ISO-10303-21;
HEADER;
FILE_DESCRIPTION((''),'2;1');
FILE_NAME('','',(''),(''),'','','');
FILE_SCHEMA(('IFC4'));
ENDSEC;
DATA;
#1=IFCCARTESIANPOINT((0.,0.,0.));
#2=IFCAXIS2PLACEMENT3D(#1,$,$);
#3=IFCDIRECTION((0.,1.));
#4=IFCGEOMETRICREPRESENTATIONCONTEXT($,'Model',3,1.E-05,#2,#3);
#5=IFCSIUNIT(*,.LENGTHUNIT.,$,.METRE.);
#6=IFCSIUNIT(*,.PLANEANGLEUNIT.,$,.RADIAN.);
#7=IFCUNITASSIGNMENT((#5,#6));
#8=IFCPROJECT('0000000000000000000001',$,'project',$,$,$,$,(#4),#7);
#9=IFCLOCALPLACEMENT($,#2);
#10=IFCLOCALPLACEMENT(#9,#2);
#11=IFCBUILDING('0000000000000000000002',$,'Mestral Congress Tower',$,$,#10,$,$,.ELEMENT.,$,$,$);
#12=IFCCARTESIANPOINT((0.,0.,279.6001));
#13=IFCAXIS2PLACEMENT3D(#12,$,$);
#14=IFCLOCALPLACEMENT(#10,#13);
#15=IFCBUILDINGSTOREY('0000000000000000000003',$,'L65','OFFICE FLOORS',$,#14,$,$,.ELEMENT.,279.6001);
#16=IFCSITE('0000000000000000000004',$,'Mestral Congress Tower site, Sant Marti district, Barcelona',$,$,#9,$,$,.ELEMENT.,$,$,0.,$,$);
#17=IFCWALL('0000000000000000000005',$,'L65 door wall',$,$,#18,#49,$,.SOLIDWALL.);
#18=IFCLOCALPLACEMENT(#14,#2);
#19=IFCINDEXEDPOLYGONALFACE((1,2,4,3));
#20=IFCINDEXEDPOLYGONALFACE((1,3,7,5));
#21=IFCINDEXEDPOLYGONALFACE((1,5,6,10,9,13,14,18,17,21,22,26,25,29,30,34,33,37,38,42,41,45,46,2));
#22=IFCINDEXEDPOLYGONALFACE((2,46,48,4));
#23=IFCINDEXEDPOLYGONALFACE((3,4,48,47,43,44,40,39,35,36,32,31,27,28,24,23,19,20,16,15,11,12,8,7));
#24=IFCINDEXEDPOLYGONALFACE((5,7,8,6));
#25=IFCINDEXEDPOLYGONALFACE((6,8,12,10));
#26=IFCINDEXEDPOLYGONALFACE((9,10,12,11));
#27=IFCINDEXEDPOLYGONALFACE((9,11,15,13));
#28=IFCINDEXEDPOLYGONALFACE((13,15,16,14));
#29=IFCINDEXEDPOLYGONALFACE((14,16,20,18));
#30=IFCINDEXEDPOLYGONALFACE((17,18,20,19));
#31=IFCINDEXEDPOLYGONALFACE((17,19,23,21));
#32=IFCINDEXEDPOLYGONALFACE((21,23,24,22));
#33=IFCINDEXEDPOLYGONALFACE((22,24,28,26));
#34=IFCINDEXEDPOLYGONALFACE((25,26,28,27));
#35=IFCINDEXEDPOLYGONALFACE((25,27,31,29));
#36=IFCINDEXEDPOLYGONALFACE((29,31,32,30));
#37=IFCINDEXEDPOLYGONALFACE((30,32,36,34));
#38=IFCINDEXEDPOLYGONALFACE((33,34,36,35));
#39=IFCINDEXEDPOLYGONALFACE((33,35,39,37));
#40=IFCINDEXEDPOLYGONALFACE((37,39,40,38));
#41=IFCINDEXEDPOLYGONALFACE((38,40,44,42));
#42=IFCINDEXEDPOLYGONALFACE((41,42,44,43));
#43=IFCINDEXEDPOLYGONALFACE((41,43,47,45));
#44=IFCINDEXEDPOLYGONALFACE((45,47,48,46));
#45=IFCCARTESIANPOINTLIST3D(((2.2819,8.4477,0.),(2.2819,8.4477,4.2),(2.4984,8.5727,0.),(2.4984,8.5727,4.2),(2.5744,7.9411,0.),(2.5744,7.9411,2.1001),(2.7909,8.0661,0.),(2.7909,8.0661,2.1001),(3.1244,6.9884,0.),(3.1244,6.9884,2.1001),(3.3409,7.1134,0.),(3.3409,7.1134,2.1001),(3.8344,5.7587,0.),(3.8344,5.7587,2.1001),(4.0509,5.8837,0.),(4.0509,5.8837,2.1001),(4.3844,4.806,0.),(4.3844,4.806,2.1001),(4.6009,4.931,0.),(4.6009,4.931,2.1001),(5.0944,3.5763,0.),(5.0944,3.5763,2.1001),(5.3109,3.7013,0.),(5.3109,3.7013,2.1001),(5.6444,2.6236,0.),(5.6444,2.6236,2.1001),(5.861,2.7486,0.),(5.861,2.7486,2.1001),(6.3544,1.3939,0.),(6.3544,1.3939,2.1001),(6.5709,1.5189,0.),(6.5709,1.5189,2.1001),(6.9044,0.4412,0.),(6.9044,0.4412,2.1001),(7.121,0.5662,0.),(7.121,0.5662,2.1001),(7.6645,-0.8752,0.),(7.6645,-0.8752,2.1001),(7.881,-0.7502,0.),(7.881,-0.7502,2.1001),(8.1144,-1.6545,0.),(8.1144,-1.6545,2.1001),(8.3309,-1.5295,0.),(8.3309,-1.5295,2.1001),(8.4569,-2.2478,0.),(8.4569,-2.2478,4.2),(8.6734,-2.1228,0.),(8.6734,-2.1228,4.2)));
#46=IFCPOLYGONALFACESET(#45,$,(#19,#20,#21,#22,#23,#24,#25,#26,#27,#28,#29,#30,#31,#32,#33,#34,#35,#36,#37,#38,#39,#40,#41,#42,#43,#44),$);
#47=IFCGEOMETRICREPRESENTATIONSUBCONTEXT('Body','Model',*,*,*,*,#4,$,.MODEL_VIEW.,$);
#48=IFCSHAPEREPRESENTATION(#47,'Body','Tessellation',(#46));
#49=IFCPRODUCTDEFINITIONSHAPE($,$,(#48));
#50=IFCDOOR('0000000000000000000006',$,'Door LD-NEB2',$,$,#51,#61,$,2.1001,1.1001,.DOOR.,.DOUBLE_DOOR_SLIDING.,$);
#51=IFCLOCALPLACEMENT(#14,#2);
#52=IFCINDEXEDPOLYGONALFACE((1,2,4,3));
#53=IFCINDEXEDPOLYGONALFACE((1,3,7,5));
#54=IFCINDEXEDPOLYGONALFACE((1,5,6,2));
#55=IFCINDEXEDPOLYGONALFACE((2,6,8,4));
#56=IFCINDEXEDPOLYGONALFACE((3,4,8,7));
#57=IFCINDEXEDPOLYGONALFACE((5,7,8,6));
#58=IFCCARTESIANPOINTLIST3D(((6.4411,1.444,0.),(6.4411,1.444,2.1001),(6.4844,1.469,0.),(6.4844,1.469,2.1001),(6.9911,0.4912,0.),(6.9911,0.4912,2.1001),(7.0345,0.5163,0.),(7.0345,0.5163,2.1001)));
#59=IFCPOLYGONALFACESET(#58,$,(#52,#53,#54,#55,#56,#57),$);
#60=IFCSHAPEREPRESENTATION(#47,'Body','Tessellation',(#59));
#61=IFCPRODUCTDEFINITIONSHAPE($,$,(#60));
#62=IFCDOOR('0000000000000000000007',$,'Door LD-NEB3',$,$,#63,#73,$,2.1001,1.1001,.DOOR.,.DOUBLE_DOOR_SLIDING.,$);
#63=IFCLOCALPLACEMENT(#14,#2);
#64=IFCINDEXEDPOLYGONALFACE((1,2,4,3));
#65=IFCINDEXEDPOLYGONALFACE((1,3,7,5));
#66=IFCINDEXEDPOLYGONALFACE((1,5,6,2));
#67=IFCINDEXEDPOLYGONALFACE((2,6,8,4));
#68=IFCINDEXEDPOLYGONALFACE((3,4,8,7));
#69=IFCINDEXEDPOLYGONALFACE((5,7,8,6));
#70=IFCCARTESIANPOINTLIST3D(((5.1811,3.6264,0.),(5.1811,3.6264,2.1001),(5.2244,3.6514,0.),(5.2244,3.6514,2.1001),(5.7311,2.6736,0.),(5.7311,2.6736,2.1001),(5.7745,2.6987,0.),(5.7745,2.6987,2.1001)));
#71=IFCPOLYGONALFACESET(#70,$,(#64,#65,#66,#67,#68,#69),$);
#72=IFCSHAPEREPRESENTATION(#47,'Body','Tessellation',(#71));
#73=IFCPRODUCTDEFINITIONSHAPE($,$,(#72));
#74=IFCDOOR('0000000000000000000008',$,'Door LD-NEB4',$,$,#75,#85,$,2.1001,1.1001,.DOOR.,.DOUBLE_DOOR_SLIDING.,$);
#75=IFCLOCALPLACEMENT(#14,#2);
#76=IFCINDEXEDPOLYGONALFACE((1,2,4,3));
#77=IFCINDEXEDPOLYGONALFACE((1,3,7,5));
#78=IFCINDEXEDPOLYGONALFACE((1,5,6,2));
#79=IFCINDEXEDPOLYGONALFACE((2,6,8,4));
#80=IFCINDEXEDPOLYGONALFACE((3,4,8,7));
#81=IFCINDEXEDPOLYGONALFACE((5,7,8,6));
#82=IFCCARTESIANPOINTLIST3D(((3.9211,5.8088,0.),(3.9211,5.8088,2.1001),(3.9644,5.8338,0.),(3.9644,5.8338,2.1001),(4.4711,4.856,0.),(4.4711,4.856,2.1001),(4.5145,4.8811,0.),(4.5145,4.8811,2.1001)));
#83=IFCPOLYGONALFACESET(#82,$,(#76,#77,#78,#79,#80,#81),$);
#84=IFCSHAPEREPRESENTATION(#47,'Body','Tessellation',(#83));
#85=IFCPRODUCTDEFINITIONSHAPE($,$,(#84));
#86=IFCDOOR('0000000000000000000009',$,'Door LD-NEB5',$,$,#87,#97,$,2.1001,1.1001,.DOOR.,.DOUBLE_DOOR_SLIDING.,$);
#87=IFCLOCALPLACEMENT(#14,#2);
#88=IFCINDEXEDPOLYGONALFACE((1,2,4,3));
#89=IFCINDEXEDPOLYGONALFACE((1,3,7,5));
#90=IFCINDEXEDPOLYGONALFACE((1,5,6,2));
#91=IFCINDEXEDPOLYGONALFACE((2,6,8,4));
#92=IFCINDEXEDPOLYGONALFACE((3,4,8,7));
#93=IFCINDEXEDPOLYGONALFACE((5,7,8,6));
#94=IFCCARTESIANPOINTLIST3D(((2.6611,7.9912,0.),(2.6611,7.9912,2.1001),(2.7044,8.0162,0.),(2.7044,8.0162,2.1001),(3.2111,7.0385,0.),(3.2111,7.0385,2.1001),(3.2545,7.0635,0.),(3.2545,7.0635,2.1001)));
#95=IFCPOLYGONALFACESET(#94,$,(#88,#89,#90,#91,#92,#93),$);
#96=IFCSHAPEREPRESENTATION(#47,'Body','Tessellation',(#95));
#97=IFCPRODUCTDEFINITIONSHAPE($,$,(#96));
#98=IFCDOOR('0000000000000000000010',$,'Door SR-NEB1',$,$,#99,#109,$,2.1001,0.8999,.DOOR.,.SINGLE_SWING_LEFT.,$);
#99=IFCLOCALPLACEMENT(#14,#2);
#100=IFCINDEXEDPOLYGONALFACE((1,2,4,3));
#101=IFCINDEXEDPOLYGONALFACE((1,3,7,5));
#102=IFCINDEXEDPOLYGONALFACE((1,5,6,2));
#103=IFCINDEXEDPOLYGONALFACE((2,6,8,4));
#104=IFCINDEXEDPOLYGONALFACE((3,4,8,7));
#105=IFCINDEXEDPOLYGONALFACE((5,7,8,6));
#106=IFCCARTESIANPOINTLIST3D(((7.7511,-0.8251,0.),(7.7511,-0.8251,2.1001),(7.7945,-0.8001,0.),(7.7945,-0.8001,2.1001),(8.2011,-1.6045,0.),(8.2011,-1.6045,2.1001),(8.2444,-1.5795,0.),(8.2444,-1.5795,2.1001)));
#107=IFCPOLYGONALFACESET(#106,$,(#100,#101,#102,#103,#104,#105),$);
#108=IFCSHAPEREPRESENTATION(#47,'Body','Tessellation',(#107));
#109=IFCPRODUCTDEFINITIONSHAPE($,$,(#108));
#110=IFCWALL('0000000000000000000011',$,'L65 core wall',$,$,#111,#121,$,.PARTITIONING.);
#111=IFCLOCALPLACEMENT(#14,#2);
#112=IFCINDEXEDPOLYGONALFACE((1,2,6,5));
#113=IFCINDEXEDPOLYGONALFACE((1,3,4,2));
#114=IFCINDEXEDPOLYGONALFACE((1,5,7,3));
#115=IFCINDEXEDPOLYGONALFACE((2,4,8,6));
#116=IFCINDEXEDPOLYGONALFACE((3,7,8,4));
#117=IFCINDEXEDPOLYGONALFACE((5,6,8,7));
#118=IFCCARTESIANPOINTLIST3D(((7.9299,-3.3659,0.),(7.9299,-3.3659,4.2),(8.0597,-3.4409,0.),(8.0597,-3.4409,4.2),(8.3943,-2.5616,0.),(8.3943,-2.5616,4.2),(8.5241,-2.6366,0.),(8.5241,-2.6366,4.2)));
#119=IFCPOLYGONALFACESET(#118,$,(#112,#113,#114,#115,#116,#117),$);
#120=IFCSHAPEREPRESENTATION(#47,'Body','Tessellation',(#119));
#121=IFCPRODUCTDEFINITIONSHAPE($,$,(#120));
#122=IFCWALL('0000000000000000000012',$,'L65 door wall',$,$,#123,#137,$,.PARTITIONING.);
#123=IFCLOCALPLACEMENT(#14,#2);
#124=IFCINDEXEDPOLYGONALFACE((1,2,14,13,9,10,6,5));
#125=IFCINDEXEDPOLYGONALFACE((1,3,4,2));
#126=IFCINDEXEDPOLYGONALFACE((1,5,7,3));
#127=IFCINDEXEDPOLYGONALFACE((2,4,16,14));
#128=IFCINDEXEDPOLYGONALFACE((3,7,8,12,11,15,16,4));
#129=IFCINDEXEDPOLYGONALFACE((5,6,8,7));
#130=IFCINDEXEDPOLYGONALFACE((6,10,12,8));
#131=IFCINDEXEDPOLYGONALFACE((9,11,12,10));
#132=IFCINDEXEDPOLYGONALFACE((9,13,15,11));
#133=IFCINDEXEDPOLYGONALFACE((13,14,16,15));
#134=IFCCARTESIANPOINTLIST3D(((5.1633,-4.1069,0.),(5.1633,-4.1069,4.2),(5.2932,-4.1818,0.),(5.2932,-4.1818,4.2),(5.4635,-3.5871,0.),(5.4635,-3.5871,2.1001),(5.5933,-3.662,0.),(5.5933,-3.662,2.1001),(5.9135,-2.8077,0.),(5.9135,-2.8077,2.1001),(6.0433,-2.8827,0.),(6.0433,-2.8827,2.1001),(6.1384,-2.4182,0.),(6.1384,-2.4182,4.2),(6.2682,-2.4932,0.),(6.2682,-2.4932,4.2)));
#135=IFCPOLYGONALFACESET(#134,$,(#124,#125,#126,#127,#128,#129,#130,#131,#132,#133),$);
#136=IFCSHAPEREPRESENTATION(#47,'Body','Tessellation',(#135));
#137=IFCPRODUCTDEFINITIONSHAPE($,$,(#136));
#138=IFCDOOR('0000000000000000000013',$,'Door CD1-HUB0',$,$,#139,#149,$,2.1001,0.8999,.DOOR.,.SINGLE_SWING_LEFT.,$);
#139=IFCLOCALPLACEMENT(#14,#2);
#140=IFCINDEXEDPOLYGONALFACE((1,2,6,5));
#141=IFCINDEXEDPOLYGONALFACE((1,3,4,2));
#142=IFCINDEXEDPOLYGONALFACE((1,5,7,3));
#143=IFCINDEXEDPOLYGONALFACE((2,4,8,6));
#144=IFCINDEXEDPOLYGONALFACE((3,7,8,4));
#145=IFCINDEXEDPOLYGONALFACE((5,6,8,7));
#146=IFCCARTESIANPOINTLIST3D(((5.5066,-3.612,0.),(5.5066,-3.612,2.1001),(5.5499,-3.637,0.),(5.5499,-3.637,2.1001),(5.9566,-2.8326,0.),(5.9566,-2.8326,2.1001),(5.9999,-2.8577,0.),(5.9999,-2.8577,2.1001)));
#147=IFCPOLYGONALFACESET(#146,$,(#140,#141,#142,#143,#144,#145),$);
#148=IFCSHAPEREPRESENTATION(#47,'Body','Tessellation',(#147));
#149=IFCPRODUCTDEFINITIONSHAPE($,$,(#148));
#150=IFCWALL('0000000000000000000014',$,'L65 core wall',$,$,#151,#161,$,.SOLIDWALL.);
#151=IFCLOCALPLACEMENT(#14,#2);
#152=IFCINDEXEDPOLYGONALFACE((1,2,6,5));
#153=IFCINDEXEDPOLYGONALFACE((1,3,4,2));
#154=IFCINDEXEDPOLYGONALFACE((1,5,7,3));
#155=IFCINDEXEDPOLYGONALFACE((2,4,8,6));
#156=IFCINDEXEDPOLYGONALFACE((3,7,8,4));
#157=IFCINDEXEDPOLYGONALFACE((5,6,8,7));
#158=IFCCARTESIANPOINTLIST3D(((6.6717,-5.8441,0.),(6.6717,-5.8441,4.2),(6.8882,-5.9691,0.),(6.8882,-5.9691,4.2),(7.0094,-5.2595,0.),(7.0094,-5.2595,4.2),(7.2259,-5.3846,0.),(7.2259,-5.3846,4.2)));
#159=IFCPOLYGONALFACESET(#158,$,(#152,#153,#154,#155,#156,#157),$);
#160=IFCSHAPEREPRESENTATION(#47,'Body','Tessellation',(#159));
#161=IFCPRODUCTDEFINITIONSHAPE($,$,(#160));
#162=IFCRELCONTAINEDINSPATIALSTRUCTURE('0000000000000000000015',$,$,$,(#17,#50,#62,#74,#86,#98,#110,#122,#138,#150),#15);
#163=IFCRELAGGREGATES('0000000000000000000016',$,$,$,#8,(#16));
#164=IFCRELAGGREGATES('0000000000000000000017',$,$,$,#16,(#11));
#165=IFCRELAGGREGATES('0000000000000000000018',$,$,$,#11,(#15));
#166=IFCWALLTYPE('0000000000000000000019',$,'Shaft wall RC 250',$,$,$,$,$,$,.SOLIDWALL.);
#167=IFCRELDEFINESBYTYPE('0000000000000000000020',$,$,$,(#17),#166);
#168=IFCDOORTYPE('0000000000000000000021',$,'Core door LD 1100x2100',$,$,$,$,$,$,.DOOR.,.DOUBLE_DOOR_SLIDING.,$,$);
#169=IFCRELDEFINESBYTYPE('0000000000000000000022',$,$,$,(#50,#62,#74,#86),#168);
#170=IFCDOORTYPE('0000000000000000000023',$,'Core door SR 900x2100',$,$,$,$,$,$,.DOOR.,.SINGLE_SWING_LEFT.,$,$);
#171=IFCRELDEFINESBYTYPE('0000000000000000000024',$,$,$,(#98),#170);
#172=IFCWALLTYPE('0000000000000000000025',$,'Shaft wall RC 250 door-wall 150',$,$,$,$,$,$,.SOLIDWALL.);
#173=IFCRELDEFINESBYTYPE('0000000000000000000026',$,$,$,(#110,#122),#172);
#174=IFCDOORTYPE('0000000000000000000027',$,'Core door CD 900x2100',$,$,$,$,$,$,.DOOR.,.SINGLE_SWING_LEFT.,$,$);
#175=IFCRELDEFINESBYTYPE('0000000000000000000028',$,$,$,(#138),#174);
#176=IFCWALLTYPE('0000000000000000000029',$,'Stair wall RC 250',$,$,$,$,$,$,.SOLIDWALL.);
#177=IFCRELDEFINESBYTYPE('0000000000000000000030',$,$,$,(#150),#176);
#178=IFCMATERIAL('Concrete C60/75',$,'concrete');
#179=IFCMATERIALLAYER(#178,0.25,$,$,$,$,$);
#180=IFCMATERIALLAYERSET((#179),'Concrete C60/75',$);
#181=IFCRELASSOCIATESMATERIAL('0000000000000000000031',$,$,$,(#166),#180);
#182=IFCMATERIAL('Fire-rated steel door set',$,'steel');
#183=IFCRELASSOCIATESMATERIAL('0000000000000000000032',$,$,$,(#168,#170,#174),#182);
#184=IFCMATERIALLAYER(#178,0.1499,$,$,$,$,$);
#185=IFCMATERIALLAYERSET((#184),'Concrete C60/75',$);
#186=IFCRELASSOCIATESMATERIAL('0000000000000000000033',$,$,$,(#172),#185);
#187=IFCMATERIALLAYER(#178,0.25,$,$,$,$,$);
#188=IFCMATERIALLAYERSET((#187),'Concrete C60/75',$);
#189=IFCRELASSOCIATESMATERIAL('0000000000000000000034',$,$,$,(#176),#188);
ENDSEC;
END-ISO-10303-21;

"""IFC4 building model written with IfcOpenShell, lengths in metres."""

from ifc_helpers import new_model, si_unit, direction, frame, frame_2d, origin, place, context, subcontext, project, spatial, rectangle, extrude, material, layer, layer_set, type_object, element, fill, save


model = new_model("IFC4")

# Units and contexts
model_context = context("Model", 3, precision=1e-05, world=origin(), true_north=direction((0.0, 1.0)))
body_context = subcontext(model_context, "Body", "Model", "MODEL_VIEW")
ifc_project = project(units=[si_unit("LENGTHUNIT", "METRE"), si_unit("PLANEANGLEUNIT", "RADIAN")], contexts=[model_context])

# Site, building, storey
site_placement = place(None, origin())
site = spatial("IfcSite", under=ifc_project, at=site_placement, Name="Mestral Congress Tower site, Sant Marti district, Barcelona", CompositionType="ELEMENT", RefElevation=0.0)
building_placement = place(site_placement, origin())
building = spatial("IfcBuilding", under=site, at=building_placement, Name="Mestral Congress Tower", CompositionType="ELEMENT")
storey_placement = place(building_placement, frame((0.0, 0.0, 279.6001)))
storey = spatial("IfcBuildingStorey", under=building, at=storey_placement, Name="L65", Description="OFFICE FLOORS", CompositionType="ELEMENT", Elevation=279.6001)

# Shared definitions
ifc_material_1 = material(Name="Fire-rated steel door set", Category="steel")

# Shared definitions
ifc_material_2 = material(Name="Concrete C60/75", Category="concrete")
ifc_layer_1 = layer(ifc_material_2, 0.25)
ifc_layer_set_1 = layer_set([ifc_layer_1], Name="Concrete C60/75")
wall_type_1 = type_object("IfcWallType", Name="Shaft wall RC 250", PredefinedType="SOLIDWALL", material=ifc_layer_set_1)

# Wall, openings, doors
wall_1_placement = place(storey_placement, frame((8.5652, -2.1853, 0.0), z_axis=(0.0, 0.0, 1.0), x_axis=(-0.499998, 0.866027, 0.0)))
wall_1 = element("IfcWall", 1, at=wall_1_placement, inside=storey, type_object=wall_type_1, Name="L65 door wall", PredefinedType="SOLIDWALL", context=body_context, shape_type="SweptSolid", body=[
    extrude(rectangle(XDim=12.3501, YDim=0.25, at=frame_2d((6.175, 0.0))), origin(), (0.0, 0.0, 1.0), 4.2),
])
opening_1_placement = place(wall_1_placement, frame((0.6851, 0.0, 0.0)))
opening_1 = element("IfcOpeningElement", 2, at=opening_1_placement, cuts=wall_1, PredefinedType="OPENING", context=body_context, shape_type="SweptSolid", body=[
    extrude(rectangle(XDim=0.8999, YDim=2.1001, at=frame_2d((0.45, 1.05))), frame((0.0, 0.135, 0.0), z_axis=(0.0, -1.0, 0.0), x_axis=(1.0, 0.0, 0.0)), (0.0, 0.0, 1.0), 0.27),
])
opening_2_placement = place(wall_1_placement, frame((3.105, 0.0, 0.0)))
opening_2 = element("IfcOpeningElement", 3, at=opening_2_placement, cuts=wall_1, PredefinedType="OPENING", context=body_context, shape_type="SweptSolid", body=[
    extrude(rectangle(XDim=1.1001, YDim=2.1001, at=frame_2d((0.55, 1.05))), frame((0.0, 0.135, 0.0), z_axis=(0.0, -1.0, 0.0), x_axis=(1.0, 0.0, 0.0)), (0.0, 0.0, 1.0), 0.27),
])
opening_3_placement = place(wall_1_placement, frame((5.625, 0.0, 0.0)))
opening_3 = element("IfcOpeningElement", 4, at=opening_3_placement, cuts=wall_1, PredefinedType="OPENING", context=body_context, shape_type="SweptSolid", body=[
    extrude(rectangle(XDim=1.1001, YDim=2.1001, at=frame_2d((0.55, 1.05))), frame((0.0, 0.135, 0.0), z_axis=(0.0, -1.0, 0.0), x_axis=(1.0, 0.0, 0.0)), (0.0, 0.0, 1.0), 0.27),
])
opening_4_placement = place(wall_1_placement, frame((8.145, 0.0, 0.0)))
opening_4 = element("IfcOpeningElement", 5, at=opening_4_placement, cuts=wall_1, PredefinedType="OPENING", context=body_context, shape_type="SweptSolid", body=[
    extrude(rectangle(XDim=1.1001, YDim=2.1001, at=frame_2d((0.55, 1.05))), frame((0.0, 0.135, 0.0), z_axis=(0.0, -1.0, 0.0), x_axis=(1.0, 0.0, 0.0)), (0.0, 0.0, 1.0), 0.27),
])
opening_5_placement = place(wall_1_placement, frame((10.665, 0.0, 0.0)))
opening_5 = element("IfcOpeningElement", 6, at=opening_5_placement, cuts=wall_1, PredefinedType="OPENING", context=body_context, shape_type="SweptSolid", body=[
    extrude(rectangle(XDim=1.1001, YDim=2.1001, at=frame_2d((0.55, 1.05))), frame((0.0, 0.135, 0.0), z_axis=(0.0, -1.0, 0.0), x_axis=(1.0, 0.0, 0.0)), (0.0, 0.0, 1.0), 0.27),
])
door_type_1 = type_object("IfcDoorType", Name="Core door LD 1100x2100", OperationType="DOUBLE_DOOR_SLIDING", PredefinedType="DOOR", material=ifc_material_1)
door_1_placement = place(opening_2_placement, origin())
door_1 = element("IfcDoor", 7, at=door_1_placement, inside=storey, type_object=door_type_1, Name="Door LD-NEB2", OperationType="DOUBLE_DOOR_SLIDING", OverallHeight=2.1001, OverallWidth=1.1001, PredefinedType="DOOR", context=body_context, shape_type="SweptSolid", body=[
    extrude(rectangle(XDim=1.1001, YDim=2.1001, at=frame_2d((0.55, 1.05))), frame((0.0, 0.0249, 0.0), z_axis=(0.0, -1.0, 0.0), x_axis=(1.0, 0.0, 0.0)), (0.0, 0.0, 1.0), 0.05),
])
fill(opening_2, door_1)
door_2_placement = place(opening_3_placement, origin())
door_2 = element("IfcDoor", 8, at=door_2_placement, inside=storey, type_object=door_type_1, Name="Door LD-NEB3", OperationType="DOUBLE_DOOR_SLIDING", OverallHeight=2.1001, OverallWidth=1.1001, PredefinedType="DOOR", context=body_context, shape_type="SweptSolid", body=[
    extrude(rectangle(XDim=1.1001, YDim=2.1001, at=frame_2d((0.55, 1.05))), frame((0.0, 0.0249, 0.0), z_axis=(0.0, -1.0, 0.0), x_axis=(1.0, 0.0, 0.0)), (0.0, 0.0, 1.0), 0.05),
])
fill(opening_3, door_2)
door_3_placement = place(opening_4_placement, origin())
door_3 = element("IfcDoor", 9, at=door_3_placement, inside=storey, type_object=door_type_1, Name="Door LD-NEB4", OperationType="DOUBLE_DOOR_SLIDING", OverallHeight=2.1001, OverallWidth=1.1001, PredefinedType="DOOR", context=body_context, shape_type="SweptSolid", body=[
    extrude(rectangle(XDim=1.1001, YDim=2.1001, at=frame_2d((0.55, 1.05))), frame((0.0, 0.0249, 0.0), z_axis=(0.0, -1.0, 0.0), x_axis=(1.0, 0.0, 0.0)), (0.0, 0.0, 1.0), 0.05),
])
fill(opening_4, door_3)
door_4_placement = place(opening_5_placement, origin())
door_4 = element("IfcDoor", 10, at=door_4_placement, inside=storey, type_object=door_type_1, Name="Door LD-NEB5", OperationType="DOUBLE_DOOR_SLIDING", OverallHeight=2.1001, OverallWidth=1.1001, PredefinedType="DOOR", context=body_context, shape_type="SweptSolid", body=[
    extrude(rectangle(XDim=1.1001, YDim=2.1001, at=frame_2d((0.55, 1.05))), frame((0.0, 0.0249, 0.0), z_axis=(0.0, -1.0, 0.0), x_axis=(1.0, 0.0, 0.0)), (0.0, 0.0, 1.0), 0.05),
])
fill(opening_5, door_4)
door_type_2 = type_object("IfcDoorType", Name="Core door SR 900x2100", OperationType="SINGLE_SWING_LEFT", PredefinedType="DOOR", material=ifc_material_1)
door_5_placement = place(opening_1_placement, origin())
door_5 = element("IfcDoor", 11, at=door_5_placement, inside=storey, type_object=door_type_2, Name="Door SR-NEB1", OperationType="SINGLE_SWING_LEFT", OverallHeight=2.1001, OverallWidth=0.8999, PredefinedType="DOOR", context=body_context, shape_type="SweptSolid", body=[
    extrude(rectangle(XDim=0.8999, YDim=2.1001, at=frame_2d((0.45, 1.05))), frame((0.0, 0.0249, 0.0), z_axis=(0.0, -1.0, 0.0), x_axis=(1.0, 0.0, 0.0)), (0.0, 0.0, 1.0), 0.05),
])
fill(opening_1, door_5)

# Wall
ifc_layer_2 = layer(ifc_material_2, 0.1499)
ifc_layer_set_2 = layer_set([ifc_layer_2], Name="Concrete C60/75")
wall_type_2 = type_object("IfcWallType", Name="Shaft wall RC 250 door-wall 150", PredefinedType="SOLIDWALL", material=ifc_layer_set_2)
wall_2_placement = place(storey_placement, frame((8.4592, -2.5991, 0.0), z_axis=(0.0, 0.0, 1.0), x_axis=(-0.500041, -0.866002, 0.0)))
element("IfcWall", 12, at=wall_2_placement, inside=storey, type_object=wall_type_2, Name="L65 core wall", PredefinedType="PARTITIONING", context=body_context, shape_type="SweptSolid", body=[
    extrude(rectangle(XDim=0.9287, YDim=0.1499, at=frame_2d((0.4644, 0.0))), origin(), (0.0, 0.0, 1.0), 4.2),
])

# Wall, opening, door
wall_3_placement = place(storey_placement, frame((6.2034, -2.4556, 0.0), z_axis=(0.0, 0.0, 1.0), x_axis=(-0.500044, -0.866, 0.0)))
wall_3 = element("IfcWall", 13, at=wall_3_placement, inside=storey, type_object=wall_type_2, Name="L65 door wall", PredefinedType="PARTITIONING", context=body_context, shape_type="SweptSolid", body=[
    extrude(rectangle(XDim=1.95, YDim=0.1499, at=frame_2d((0.9751, 0.0))), origin(), (0.0, 0.0, 1.0), 4.2),
])
opening_6_placement = place(wall_3_placement, frame((0.45, 0.0, 0.0)))
opening_6 = element("IfcOpeningElement", 14, at=opening_6_placement, cuts=wall_3, PredefinedType="OPENING", context=body_context, shape_type="SweptSolid", body=[
    extrude(rectangle(XDim=0.8999, YDim=2.1001, at=frame_2d((0.45, 1.05))), frame((0.0, 0.085, 0.0), z_axis=(0.0, -1.0, 0.0), x_axis=(1.0, 0.0, 0.0)), (0.0, 0.0, 1.0), 0.1699),
])
door_type_3 = type_object("IfcDoorType", Name="Core door CD 900x2100", OperationType="SINGLE_SWING_LEFT", PredefinedType="DOOR", material=ifc_material_1)
door_6_placement = place(opening_6_placement, origin())
door_6 = element("IfcDoor", 15, at=door_6_placement, inside=storey, type_object=door_type_3, Name="Door CD1-HUB0", OperationType="SINGLE_SWING_LEFT", OverallHeight=2.1001, OverallWidth=0.8999, PredefinedType="DOOR", context=body_context, shape_type="SweptSolid", body=[
    extrude(rectangle(XDim=0.8999, YDim=2.1001, at=frame_2d((0.45, 1.05))), frame((0.0, 0.0249, 0.0), z_axis=(0.0, -1.0, 0.0), x_axis=(1.0, 0.0, 0.0)), (0.0, 0.0, 1.0), 0.05),
])
fill(opening_6, door_6)

# Wall
ifc_layer_3 = layer(ifc_material_2, 0.25)
ifc_layer_set_3 = layer_set([ifc_layer_3], Name="Concrete C60/75")
wall_type_3 = type_object("IfcWallType", Name="Stair wall RC 250", PredefinedType="SOLIDWALL", material=ifc_layer_set_3)
wall_4_placement = place(storey_placement, frame((6.78, -5.9065, 0.0), z_axis=(0.0, 0.0, 1.0), x_axis=(0.500223, 0.865896, 0.0)))
element("IfcWall", 16, at=wall_4_placement, inside=storey, type_object=wall_type_3, Name="L65 core wall", PredefinedType="SOLIDWALL", context=body_context, shape_type="SweptSolid", body=[
    extrude(rectangle(XDim=0.675, YDim=0.25, at=frame_2d((0.3374, 0.0))), origin(), (0.0, 0.0, 1.0), 4.2),
])

save(model, "model.ifc")
